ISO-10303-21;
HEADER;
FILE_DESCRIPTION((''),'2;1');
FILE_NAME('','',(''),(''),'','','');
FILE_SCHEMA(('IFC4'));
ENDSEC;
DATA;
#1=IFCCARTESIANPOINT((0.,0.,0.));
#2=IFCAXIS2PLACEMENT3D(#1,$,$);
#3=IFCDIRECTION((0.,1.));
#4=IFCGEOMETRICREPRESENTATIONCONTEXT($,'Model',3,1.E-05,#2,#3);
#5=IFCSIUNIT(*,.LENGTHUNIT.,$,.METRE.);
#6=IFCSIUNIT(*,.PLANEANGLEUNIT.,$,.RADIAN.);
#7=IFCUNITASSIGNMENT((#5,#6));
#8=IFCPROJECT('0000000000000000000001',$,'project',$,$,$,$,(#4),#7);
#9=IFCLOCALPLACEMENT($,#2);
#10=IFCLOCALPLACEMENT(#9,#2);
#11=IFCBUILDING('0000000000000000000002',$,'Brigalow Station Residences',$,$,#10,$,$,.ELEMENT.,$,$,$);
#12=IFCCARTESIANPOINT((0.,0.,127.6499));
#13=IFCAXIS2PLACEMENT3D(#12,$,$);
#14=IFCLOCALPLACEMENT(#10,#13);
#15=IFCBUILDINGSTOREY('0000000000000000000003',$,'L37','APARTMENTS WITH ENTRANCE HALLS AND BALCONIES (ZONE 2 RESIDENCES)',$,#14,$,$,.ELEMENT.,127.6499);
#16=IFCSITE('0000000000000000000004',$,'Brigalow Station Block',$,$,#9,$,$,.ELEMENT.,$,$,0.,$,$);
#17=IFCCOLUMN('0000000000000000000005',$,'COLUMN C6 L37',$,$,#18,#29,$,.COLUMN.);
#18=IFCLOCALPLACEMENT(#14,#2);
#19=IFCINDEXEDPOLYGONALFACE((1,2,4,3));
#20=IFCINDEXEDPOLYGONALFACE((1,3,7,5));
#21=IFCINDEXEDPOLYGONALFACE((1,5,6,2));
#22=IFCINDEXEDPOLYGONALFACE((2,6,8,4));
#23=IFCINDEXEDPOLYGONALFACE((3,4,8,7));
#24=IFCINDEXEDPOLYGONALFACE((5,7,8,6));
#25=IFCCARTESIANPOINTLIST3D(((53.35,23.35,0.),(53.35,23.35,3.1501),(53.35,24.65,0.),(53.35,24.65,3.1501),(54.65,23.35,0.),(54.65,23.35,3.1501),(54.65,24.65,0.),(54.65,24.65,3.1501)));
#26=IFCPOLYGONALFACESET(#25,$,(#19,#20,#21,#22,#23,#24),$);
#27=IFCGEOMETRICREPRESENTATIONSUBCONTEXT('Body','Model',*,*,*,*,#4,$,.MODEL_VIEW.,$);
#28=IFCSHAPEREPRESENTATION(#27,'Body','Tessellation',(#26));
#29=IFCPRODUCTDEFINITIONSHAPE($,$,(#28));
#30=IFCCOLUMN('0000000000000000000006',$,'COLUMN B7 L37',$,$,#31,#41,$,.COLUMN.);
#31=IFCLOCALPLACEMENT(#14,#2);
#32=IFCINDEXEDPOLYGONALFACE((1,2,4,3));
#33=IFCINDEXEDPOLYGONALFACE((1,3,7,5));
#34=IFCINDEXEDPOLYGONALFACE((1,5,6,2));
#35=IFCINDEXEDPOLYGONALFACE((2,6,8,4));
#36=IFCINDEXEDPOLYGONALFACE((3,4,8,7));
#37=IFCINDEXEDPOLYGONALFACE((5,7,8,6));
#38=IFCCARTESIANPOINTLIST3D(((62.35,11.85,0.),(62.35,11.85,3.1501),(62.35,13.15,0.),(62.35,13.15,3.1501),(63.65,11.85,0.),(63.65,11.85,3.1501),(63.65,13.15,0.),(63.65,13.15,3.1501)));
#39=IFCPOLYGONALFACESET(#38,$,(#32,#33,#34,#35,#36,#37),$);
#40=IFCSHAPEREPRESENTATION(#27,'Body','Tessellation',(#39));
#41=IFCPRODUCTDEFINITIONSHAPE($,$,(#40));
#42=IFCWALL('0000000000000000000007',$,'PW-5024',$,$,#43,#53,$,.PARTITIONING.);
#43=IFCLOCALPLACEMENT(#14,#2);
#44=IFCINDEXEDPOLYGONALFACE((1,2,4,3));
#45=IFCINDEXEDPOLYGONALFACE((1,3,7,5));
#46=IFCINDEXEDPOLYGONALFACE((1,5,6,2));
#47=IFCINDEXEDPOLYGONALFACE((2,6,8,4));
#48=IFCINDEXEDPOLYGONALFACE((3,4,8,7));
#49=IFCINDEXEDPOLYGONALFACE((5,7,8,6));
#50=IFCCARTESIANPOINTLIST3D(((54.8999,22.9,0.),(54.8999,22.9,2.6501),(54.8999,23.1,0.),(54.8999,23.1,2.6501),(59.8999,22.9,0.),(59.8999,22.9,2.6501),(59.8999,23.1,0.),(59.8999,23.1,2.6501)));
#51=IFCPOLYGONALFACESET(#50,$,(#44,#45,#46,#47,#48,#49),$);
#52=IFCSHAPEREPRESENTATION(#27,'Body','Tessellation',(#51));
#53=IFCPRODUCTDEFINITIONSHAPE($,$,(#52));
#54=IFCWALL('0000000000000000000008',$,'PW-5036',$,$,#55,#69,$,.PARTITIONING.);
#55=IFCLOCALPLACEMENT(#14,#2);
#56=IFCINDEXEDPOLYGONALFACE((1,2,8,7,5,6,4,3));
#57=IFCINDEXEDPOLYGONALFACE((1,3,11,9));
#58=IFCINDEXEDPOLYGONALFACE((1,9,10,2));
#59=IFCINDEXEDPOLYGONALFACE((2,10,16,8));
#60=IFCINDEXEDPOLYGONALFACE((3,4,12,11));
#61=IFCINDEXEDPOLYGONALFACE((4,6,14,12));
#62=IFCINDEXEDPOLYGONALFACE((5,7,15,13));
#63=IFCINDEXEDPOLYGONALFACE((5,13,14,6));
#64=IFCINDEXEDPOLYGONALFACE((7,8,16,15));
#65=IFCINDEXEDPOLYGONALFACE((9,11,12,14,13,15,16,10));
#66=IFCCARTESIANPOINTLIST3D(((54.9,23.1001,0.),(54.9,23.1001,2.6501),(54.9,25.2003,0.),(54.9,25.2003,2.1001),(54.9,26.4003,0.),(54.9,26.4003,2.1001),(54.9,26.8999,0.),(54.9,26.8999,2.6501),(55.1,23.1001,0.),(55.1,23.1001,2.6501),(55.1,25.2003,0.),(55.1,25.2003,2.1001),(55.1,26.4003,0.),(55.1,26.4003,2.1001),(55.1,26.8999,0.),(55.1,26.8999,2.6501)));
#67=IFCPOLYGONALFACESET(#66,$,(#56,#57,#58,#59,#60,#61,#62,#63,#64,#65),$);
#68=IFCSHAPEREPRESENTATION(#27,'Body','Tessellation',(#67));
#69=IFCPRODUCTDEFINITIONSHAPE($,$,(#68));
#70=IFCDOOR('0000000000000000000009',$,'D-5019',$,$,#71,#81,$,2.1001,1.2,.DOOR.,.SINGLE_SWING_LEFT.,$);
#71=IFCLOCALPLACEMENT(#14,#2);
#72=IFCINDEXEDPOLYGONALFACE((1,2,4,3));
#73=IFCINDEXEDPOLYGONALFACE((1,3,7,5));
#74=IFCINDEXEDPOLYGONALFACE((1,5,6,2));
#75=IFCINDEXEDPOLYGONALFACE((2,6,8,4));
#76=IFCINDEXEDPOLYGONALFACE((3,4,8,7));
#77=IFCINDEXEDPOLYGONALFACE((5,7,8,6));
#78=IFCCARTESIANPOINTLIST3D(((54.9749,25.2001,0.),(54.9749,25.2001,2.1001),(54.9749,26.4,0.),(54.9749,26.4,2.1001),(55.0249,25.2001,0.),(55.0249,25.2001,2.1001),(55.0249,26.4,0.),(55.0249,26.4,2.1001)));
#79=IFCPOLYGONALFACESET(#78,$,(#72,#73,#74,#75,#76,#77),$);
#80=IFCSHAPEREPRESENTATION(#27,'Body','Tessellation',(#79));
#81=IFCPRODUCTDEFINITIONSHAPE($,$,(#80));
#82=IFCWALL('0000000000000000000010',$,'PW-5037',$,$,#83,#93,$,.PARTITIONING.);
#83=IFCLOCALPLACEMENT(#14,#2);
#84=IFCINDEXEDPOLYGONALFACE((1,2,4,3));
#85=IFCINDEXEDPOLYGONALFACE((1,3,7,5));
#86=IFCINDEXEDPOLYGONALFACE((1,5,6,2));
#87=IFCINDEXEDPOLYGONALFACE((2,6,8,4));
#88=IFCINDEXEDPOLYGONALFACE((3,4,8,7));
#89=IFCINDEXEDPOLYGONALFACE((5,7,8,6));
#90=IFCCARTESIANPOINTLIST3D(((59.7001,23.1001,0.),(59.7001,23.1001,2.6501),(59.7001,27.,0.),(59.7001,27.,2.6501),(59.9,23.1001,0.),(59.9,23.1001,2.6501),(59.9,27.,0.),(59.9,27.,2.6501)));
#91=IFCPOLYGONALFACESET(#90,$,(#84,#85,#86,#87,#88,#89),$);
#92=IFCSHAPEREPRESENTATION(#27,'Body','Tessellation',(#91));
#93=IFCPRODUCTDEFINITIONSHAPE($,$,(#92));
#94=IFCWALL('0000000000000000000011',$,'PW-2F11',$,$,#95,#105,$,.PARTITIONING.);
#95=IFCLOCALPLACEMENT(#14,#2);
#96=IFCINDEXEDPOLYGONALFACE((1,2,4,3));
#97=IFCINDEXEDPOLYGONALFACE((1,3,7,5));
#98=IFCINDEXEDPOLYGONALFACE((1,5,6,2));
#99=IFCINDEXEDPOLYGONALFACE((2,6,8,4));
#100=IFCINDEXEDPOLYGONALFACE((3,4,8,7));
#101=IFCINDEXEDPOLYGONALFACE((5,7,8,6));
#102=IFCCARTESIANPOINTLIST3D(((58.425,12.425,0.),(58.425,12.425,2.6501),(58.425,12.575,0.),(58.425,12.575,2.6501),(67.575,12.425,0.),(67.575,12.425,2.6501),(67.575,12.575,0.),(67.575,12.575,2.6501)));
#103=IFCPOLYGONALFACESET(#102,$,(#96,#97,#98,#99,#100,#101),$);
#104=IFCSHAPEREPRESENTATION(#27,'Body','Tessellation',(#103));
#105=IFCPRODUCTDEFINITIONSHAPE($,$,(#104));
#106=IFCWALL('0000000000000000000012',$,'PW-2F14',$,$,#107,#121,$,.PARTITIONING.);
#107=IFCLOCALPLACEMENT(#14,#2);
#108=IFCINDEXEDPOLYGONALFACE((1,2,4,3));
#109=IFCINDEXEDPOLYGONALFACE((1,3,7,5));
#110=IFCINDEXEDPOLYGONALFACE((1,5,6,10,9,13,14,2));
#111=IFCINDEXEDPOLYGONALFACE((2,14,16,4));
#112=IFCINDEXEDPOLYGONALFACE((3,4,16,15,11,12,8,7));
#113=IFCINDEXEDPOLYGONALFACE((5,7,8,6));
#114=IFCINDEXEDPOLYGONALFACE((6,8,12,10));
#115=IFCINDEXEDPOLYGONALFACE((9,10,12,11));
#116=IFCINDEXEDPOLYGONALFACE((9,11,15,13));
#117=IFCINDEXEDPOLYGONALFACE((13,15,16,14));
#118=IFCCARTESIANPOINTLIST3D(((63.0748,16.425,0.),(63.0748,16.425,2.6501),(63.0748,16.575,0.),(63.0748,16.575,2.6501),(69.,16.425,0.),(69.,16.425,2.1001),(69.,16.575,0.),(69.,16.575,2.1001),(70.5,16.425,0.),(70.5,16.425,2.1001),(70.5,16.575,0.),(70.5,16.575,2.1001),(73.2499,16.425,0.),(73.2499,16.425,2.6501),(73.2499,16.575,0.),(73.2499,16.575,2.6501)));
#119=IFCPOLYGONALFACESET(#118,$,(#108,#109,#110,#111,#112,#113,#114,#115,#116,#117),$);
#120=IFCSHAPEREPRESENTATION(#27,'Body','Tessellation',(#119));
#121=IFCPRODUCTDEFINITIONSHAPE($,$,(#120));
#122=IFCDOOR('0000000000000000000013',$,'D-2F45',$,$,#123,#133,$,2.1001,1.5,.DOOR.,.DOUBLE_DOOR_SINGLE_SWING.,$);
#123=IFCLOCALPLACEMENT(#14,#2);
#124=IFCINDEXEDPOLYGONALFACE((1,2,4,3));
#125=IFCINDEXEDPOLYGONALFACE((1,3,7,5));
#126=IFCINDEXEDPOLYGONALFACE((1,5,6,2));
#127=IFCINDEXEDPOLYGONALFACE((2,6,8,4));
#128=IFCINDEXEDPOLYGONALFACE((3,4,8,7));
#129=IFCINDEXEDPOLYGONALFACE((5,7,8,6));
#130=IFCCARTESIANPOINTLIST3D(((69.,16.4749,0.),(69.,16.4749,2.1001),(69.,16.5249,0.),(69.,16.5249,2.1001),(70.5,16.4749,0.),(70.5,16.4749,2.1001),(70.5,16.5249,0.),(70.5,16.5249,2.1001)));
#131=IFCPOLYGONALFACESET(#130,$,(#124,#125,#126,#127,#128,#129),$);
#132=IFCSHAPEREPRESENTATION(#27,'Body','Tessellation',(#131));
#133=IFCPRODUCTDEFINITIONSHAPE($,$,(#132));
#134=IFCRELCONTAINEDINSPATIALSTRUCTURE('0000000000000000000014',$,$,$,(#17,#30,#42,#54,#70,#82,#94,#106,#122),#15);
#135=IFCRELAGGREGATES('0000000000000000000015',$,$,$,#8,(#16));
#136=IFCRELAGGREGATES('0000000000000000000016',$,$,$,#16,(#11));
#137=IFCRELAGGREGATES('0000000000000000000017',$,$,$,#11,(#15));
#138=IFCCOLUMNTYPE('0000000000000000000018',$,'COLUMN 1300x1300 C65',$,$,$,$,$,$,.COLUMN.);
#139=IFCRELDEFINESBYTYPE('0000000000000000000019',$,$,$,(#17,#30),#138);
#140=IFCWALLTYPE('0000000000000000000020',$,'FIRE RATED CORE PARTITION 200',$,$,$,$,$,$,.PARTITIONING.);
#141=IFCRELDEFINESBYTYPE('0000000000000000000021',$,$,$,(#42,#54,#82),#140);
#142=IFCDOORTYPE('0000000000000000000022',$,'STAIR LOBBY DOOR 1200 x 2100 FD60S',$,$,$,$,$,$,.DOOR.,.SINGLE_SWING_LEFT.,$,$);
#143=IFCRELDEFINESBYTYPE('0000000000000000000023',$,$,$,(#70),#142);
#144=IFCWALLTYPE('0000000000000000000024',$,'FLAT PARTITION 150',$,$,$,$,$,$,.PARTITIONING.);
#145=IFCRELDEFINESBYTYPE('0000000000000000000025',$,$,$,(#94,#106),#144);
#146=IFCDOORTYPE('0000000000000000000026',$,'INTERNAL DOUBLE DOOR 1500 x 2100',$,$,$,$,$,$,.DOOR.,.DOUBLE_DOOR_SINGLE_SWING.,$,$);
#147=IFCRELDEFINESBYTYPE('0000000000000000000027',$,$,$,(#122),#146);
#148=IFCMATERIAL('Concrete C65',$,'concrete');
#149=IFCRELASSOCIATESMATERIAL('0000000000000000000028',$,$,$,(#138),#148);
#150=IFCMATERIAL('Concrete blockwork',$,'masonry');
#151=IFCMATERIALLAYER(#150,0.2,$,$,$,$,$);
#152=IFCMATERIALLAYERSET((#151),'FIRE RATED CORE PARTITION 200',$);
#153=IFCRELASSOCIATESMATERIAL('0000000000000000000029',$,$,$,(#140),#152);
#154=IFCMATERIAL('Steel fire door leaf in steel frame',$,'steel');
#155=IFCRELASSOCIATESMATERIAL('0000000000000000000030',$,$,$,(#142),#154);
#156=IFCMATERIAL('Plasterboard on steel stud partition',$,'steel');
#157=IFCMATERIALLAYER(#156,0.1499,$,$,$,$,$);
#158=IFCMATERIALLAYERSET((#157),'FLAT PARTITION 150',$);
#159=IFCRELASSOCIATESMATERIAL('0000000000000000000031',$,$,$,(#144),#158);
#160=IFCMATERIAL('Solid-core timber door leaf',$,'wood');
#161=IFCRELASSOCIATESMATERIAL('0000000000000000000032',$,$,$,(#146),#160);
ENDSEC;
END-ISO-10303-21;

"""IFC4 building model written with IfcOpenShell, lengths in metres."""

from ifc_helpers import new_model, si_unit, direction, frame, frame_2d, origin, origin_2d, place, context, subcontext, project, spatial, rectangle, extrude, material, layer, layer_set, material_profile, profile_set, type_object, element, fill, save


model = new_model("IFC4")

# Units and contexts
model_context = context("Model", 3, precision=1e-05, world=origin(), true_north=direction((0.0, 1.0)))
body_context = subcontext(model_context, "Body", "Model", "MODEL_VIEW")
ifc_project = project(units=[si_unit("LENGTHUNIT", "METRE"), si_unit("PLANEANGLEUNIT", "RADIAN")], contexts=[model_context])

# Site, building, storey
site_placement = place(None, origin())
site = spatial("IfcSite", under=ifc_project, at=site_placement, Name="Brigalow Station Block", CompositionType="ELEMENT", RefElevation=0.0)
building_placement = place(site_placement, origin())
building = spatial("IfcBuilding", under=site, at=building_placement, Name="Brigalow Station Residences", CompositionType="ELEMENT")
storey_placement = place(building_placement, frame((0.0, 0.0, 127.6499)))
storey = spatial("IfcBuildingStorey", under=building, at=storey_placement, Name="L37", Description="APARTMENTS WITH ENTRANCE HALLS AND BALCONIES (ZONE 2 RESIDENCES)", CompositionType="ELEMENT", Elevation=127.6499)

# Columns
ifc_material_1 = material(Name="Concrete C65", Category="concrete")
ifc_material_profile = material_profile(ifc_material_1, rectangle(XDim=1.3, YDim=1.3, at=origin_2d()), Name="RC1300x1300")
ifc_profile_set = profile_set([ifc_material_profile], Name="Concrete C65")
column_type = type_object("IfcColumnType", Name="COLUMN 1300x1300 C65", PredefinedType="COLUMN", material=ifc_profile_set)
for number, where, z_axis, x_axis, name in (
    (1, (54.0, 24.0, 0.0), (0.0, 0.0, 1.0), (1.0, 0.0, 0.0), "COLUMN C6 L37"),
    (2, (63.0, 12.5, 0.0), (0.0, 0.0, 1.0), (1.0, 0.0, 0.0), "COLUMN B7 L37"),
):
    element("IfcColumn", number, at=place(storey_placement, frame(where, z_axis=z_axis, x_axis=x_axis)), inside=storey, type_object=column_type, Name=name, PredefinedType="COLUMN", context=body_context, shape_type="SweptSolid", body=[
        extrude(rectangle(XDim=1.3, YDim=1.3, at=origin_2d()), origin(), (0.0, 0.0, 1.0), 3.1501),
    ])

# Wall
ifc_material_2 = material(Name="Concrete blockwork", Category="masonry")
ifc_layer_1 = layer(ifc_material_2, 0.2)
ifc_layer_set_1 = layer_set([ifc_layer_1], Name="FIRE RATED CORE PARTITION 200")
wall_type_1 = type_object("IfcWallType", Name="FIRE RATED CORE PARTITION 200", PredefinedType="PARTITIONING", material=ifc_layer_set_1)
wall_1_placement = place(storey_placement, frame((54.8999, 23.0, 0.0), z_axis=(0.0, 0.0, 1.0), x_axis=(1.0, 0.0, 0.0)))
element("IfcWall", 3, at=wall_1_placement, inside=storey, type_object=wall_type_1, Name="PW-5024", PredefinedType="PARTITIONING", context=body_context, shape_type="SweptSolid", body=[
    extrude(rectangle(XDim=5.0, YDim=0.2, at=frame_2d((2.5, 0.0))), origin(), (0.0, 0.0, 1.0), 2.6501),
])

# Wall, opening, door
wall_2_placement = place(storey_placement, frame((55.0, 23.1001, 0.0), z_axis=(0.0, 0.0, 1.0), x_axis=(0.0, 1.0, 0.0)))
wall_2 = element("IfcWall", 4, at=wall_2_placement, inside=storey, type_object=wall_type_1, Name="PW-5036", PredefinedType="PARTITIONING", context=body_context, shape_type="SweptSolid", body=[
    extrude(rectangle(XDim=3.7998, YDim=0.2, at=frame_2d((1.8999, 0.0))), origin(), (0.0, 0.0, 1.0), 2.6501),
])
opening_1_placement = place(wall_2_placement, frame((2.1001, 0.0, 0.0)))
opening_1 = element("IfcOpeningElement", 5, at=opening_1_placement, cuts=wall_2, PredefinedType="OPENING", context=body_context, shape_type="SweptSolid", body=[
    extrude(rectangle(XDim=1.2, YDim=2.1001, at=frame_2d((0.6001, 1.05))), frame((0.0, 0.1099, 0.0), z_axis=(0.0, -1.0, 0.0), x_axis=(1.0, 0.0, 0.0)), (0.0, 0.0, 1.0), 0.22),
])
ifc_material_3 = material(Name="Steel fire door leaf in steel frame", Category="steel")
door_type_1 = type_object("IfcDoorType", Name="STAIR LOBBY DOOR 1200 x 2100 FD60S", OperationType="SINGLE_SWING_LEFT", PredefinedType="DOOR", material=ifc_material_3)
door_1_placement = place(opening_1_placement, frame((1.2, 0.0, 0.0), z_axis=(0.0, 0.0, 1.0), x_axis=(-1.0, 0.0, 0.0)))
door_1 = element("IfcDoor", 6, at=door_1_placement, inside=storey, type_object=door_type_1, Name="D-5019", OperationType="SINGLE_SWING_LEFT", OverallHeight=2.1001, OverallWidth=1.2, PredefinedType="DOOR", context=body_context, shape_type="SweptSolid", body=[
    extrude(rectangle(XDim=1.2, YDim=2.1001, at=frame_2d((0.6001, 1.05))), frame((0.0, 0.0249, 0.0), z_axis=(0.0, -1.0, 0.0), x_axis=(1.0, 0.0, 0.0)), (0.0, 0.0, 1.0), 0.05),
])
fill(opening_1, door_1)

# Walls
wall_3_placement = place(storey_placement, frame((59.8, 23.1001, 0.0), z_axis=(0.0, 0.0, 1.0), x_axis=(0.0, 1.0, 0.0)))
element("IfcWall", 7, at=wall_3_placement, inside=storey, type_object=wall_type_1, Name="PW-5037", PredefinedType="PARTITIONING", context=body_context, shape_type="SweptSolid", body=[
    extrude(rectangle(XDim=3.8999, YDim=0.2, at=frame_2d((1.95, 0.0))), origin(), (0.0, 0.0, 1.0), 2.6501),
])
ifc_material_4 = material(Name="Plasterboard on steel stud partition", Category="steel")
ifc_layer_2 = layer(ifc_material_4, 0.1499)
ifc_layer_set_2 = layer_set([ifc_layer_2], Name="FLAT PARTITION 150")
wall_type_2 = type_object("IfcWallType", Name="FLAT PARTITION 150", PredefinedType="PARTITIONING", material=ifc_layer_set_2)
wall_4_placement = place(storey_placement, frame((58.425, 12.5, 0.0), z_axis=(0.0, 0.0, 1.0), x_axis=(1.0, 0.0, 0.0)))
element("IfcWall", 8, at=wall_4_placement, inside=storey, type_object=wall_type_2, Name="PW-2F11", PredefinedType="PARTITIONING", context=body_context, shape_type="SweptSolid", body=[
    extrude(rectangle(XDim=9.1499, YDim=0.1499, at=frame_2d((4.575, 0.0))), origin(), (0.0, 0.0, 1.0), 2.6501),
])

# Wall, opening, door
wall_5_placement = place(storey_placement, frame((63.075, 16.5, 0.0), z_axis=(0.0, 0.0, 1.0), x_axis=(1.0, 0.0, 0.0)))
wall_5 = element("IfcWall", 9, at=wall_5_placement, inside=storey, type_object=wall_type_2, Name="PW-2F14", PredefinedType="PARTITIONING", context=body_context, shape_type="SweptSolid", body=[
    extrude(rectangle(XDim=10.175, YDim=0.1499, at=frame_2d((5.0874, 0.0))), origin(), (0.0, 0.0, 1.0), 2.6501),
])
opening_2_placement = place(wall_5_placement, frame((5.925, 0.0, 0.0)))
opening_2 = element("IfcOpeningElement", 10, at=opening_2_placement, cuts=wall_5, PredefinedType="OPENING", context=body_context, shape_type="SweptSolid", body=[
    extrude(rectangle(XDim=1.5, YDim=2.1001, at=frame_2d((0.75, 1.05))), frame((0.0, 0.085, 0.0), z_axis=(0.0, -1.0, 0.0), x_axis=(1.0, 0.0, 0.0)), (0.0, 0.0, 1.0), 0.1699),
])
ifc_material_5 = material(Name="Solid-core timber door leaf", Category="wood")
door_type_2 = type_object("IfcDoorType", Name="INTERNAL DOUBLE DOOR 1500 x 2100", OperationType="DOUBLE_DOOR_SINGLE_SWING", PredefinedType="DOOR", material=ifc_material_5)
door_2_placement = place(opening_2_placement, origin())
door_2 = element("IfcDoor", 11, at=door_2_placement, inside=storey, type_object=door_type_2, Name="D-2F45", OperationType="DOUBLE_DOOR_SINGLE_SWING", OverallHeight=2.1001, OverallWidth=1.5, PredefinedType="DOOR", context=body_context, shape_type="SweptSolid", body=[
    extrude(rectangle(XDim=1.5, YDim=2.1001, at=frame_2d((0.75, 1.05))), frame((0.0, 0.0249, 0.0), z_axis=(0.0, -1.0, 0.0), x_axis=(1.0, 0.0, 0.0)), (0.0, 0.0, 1.0), 0.05),
])
fill(opening_2, door_2)

save(model, "model.ifc")
